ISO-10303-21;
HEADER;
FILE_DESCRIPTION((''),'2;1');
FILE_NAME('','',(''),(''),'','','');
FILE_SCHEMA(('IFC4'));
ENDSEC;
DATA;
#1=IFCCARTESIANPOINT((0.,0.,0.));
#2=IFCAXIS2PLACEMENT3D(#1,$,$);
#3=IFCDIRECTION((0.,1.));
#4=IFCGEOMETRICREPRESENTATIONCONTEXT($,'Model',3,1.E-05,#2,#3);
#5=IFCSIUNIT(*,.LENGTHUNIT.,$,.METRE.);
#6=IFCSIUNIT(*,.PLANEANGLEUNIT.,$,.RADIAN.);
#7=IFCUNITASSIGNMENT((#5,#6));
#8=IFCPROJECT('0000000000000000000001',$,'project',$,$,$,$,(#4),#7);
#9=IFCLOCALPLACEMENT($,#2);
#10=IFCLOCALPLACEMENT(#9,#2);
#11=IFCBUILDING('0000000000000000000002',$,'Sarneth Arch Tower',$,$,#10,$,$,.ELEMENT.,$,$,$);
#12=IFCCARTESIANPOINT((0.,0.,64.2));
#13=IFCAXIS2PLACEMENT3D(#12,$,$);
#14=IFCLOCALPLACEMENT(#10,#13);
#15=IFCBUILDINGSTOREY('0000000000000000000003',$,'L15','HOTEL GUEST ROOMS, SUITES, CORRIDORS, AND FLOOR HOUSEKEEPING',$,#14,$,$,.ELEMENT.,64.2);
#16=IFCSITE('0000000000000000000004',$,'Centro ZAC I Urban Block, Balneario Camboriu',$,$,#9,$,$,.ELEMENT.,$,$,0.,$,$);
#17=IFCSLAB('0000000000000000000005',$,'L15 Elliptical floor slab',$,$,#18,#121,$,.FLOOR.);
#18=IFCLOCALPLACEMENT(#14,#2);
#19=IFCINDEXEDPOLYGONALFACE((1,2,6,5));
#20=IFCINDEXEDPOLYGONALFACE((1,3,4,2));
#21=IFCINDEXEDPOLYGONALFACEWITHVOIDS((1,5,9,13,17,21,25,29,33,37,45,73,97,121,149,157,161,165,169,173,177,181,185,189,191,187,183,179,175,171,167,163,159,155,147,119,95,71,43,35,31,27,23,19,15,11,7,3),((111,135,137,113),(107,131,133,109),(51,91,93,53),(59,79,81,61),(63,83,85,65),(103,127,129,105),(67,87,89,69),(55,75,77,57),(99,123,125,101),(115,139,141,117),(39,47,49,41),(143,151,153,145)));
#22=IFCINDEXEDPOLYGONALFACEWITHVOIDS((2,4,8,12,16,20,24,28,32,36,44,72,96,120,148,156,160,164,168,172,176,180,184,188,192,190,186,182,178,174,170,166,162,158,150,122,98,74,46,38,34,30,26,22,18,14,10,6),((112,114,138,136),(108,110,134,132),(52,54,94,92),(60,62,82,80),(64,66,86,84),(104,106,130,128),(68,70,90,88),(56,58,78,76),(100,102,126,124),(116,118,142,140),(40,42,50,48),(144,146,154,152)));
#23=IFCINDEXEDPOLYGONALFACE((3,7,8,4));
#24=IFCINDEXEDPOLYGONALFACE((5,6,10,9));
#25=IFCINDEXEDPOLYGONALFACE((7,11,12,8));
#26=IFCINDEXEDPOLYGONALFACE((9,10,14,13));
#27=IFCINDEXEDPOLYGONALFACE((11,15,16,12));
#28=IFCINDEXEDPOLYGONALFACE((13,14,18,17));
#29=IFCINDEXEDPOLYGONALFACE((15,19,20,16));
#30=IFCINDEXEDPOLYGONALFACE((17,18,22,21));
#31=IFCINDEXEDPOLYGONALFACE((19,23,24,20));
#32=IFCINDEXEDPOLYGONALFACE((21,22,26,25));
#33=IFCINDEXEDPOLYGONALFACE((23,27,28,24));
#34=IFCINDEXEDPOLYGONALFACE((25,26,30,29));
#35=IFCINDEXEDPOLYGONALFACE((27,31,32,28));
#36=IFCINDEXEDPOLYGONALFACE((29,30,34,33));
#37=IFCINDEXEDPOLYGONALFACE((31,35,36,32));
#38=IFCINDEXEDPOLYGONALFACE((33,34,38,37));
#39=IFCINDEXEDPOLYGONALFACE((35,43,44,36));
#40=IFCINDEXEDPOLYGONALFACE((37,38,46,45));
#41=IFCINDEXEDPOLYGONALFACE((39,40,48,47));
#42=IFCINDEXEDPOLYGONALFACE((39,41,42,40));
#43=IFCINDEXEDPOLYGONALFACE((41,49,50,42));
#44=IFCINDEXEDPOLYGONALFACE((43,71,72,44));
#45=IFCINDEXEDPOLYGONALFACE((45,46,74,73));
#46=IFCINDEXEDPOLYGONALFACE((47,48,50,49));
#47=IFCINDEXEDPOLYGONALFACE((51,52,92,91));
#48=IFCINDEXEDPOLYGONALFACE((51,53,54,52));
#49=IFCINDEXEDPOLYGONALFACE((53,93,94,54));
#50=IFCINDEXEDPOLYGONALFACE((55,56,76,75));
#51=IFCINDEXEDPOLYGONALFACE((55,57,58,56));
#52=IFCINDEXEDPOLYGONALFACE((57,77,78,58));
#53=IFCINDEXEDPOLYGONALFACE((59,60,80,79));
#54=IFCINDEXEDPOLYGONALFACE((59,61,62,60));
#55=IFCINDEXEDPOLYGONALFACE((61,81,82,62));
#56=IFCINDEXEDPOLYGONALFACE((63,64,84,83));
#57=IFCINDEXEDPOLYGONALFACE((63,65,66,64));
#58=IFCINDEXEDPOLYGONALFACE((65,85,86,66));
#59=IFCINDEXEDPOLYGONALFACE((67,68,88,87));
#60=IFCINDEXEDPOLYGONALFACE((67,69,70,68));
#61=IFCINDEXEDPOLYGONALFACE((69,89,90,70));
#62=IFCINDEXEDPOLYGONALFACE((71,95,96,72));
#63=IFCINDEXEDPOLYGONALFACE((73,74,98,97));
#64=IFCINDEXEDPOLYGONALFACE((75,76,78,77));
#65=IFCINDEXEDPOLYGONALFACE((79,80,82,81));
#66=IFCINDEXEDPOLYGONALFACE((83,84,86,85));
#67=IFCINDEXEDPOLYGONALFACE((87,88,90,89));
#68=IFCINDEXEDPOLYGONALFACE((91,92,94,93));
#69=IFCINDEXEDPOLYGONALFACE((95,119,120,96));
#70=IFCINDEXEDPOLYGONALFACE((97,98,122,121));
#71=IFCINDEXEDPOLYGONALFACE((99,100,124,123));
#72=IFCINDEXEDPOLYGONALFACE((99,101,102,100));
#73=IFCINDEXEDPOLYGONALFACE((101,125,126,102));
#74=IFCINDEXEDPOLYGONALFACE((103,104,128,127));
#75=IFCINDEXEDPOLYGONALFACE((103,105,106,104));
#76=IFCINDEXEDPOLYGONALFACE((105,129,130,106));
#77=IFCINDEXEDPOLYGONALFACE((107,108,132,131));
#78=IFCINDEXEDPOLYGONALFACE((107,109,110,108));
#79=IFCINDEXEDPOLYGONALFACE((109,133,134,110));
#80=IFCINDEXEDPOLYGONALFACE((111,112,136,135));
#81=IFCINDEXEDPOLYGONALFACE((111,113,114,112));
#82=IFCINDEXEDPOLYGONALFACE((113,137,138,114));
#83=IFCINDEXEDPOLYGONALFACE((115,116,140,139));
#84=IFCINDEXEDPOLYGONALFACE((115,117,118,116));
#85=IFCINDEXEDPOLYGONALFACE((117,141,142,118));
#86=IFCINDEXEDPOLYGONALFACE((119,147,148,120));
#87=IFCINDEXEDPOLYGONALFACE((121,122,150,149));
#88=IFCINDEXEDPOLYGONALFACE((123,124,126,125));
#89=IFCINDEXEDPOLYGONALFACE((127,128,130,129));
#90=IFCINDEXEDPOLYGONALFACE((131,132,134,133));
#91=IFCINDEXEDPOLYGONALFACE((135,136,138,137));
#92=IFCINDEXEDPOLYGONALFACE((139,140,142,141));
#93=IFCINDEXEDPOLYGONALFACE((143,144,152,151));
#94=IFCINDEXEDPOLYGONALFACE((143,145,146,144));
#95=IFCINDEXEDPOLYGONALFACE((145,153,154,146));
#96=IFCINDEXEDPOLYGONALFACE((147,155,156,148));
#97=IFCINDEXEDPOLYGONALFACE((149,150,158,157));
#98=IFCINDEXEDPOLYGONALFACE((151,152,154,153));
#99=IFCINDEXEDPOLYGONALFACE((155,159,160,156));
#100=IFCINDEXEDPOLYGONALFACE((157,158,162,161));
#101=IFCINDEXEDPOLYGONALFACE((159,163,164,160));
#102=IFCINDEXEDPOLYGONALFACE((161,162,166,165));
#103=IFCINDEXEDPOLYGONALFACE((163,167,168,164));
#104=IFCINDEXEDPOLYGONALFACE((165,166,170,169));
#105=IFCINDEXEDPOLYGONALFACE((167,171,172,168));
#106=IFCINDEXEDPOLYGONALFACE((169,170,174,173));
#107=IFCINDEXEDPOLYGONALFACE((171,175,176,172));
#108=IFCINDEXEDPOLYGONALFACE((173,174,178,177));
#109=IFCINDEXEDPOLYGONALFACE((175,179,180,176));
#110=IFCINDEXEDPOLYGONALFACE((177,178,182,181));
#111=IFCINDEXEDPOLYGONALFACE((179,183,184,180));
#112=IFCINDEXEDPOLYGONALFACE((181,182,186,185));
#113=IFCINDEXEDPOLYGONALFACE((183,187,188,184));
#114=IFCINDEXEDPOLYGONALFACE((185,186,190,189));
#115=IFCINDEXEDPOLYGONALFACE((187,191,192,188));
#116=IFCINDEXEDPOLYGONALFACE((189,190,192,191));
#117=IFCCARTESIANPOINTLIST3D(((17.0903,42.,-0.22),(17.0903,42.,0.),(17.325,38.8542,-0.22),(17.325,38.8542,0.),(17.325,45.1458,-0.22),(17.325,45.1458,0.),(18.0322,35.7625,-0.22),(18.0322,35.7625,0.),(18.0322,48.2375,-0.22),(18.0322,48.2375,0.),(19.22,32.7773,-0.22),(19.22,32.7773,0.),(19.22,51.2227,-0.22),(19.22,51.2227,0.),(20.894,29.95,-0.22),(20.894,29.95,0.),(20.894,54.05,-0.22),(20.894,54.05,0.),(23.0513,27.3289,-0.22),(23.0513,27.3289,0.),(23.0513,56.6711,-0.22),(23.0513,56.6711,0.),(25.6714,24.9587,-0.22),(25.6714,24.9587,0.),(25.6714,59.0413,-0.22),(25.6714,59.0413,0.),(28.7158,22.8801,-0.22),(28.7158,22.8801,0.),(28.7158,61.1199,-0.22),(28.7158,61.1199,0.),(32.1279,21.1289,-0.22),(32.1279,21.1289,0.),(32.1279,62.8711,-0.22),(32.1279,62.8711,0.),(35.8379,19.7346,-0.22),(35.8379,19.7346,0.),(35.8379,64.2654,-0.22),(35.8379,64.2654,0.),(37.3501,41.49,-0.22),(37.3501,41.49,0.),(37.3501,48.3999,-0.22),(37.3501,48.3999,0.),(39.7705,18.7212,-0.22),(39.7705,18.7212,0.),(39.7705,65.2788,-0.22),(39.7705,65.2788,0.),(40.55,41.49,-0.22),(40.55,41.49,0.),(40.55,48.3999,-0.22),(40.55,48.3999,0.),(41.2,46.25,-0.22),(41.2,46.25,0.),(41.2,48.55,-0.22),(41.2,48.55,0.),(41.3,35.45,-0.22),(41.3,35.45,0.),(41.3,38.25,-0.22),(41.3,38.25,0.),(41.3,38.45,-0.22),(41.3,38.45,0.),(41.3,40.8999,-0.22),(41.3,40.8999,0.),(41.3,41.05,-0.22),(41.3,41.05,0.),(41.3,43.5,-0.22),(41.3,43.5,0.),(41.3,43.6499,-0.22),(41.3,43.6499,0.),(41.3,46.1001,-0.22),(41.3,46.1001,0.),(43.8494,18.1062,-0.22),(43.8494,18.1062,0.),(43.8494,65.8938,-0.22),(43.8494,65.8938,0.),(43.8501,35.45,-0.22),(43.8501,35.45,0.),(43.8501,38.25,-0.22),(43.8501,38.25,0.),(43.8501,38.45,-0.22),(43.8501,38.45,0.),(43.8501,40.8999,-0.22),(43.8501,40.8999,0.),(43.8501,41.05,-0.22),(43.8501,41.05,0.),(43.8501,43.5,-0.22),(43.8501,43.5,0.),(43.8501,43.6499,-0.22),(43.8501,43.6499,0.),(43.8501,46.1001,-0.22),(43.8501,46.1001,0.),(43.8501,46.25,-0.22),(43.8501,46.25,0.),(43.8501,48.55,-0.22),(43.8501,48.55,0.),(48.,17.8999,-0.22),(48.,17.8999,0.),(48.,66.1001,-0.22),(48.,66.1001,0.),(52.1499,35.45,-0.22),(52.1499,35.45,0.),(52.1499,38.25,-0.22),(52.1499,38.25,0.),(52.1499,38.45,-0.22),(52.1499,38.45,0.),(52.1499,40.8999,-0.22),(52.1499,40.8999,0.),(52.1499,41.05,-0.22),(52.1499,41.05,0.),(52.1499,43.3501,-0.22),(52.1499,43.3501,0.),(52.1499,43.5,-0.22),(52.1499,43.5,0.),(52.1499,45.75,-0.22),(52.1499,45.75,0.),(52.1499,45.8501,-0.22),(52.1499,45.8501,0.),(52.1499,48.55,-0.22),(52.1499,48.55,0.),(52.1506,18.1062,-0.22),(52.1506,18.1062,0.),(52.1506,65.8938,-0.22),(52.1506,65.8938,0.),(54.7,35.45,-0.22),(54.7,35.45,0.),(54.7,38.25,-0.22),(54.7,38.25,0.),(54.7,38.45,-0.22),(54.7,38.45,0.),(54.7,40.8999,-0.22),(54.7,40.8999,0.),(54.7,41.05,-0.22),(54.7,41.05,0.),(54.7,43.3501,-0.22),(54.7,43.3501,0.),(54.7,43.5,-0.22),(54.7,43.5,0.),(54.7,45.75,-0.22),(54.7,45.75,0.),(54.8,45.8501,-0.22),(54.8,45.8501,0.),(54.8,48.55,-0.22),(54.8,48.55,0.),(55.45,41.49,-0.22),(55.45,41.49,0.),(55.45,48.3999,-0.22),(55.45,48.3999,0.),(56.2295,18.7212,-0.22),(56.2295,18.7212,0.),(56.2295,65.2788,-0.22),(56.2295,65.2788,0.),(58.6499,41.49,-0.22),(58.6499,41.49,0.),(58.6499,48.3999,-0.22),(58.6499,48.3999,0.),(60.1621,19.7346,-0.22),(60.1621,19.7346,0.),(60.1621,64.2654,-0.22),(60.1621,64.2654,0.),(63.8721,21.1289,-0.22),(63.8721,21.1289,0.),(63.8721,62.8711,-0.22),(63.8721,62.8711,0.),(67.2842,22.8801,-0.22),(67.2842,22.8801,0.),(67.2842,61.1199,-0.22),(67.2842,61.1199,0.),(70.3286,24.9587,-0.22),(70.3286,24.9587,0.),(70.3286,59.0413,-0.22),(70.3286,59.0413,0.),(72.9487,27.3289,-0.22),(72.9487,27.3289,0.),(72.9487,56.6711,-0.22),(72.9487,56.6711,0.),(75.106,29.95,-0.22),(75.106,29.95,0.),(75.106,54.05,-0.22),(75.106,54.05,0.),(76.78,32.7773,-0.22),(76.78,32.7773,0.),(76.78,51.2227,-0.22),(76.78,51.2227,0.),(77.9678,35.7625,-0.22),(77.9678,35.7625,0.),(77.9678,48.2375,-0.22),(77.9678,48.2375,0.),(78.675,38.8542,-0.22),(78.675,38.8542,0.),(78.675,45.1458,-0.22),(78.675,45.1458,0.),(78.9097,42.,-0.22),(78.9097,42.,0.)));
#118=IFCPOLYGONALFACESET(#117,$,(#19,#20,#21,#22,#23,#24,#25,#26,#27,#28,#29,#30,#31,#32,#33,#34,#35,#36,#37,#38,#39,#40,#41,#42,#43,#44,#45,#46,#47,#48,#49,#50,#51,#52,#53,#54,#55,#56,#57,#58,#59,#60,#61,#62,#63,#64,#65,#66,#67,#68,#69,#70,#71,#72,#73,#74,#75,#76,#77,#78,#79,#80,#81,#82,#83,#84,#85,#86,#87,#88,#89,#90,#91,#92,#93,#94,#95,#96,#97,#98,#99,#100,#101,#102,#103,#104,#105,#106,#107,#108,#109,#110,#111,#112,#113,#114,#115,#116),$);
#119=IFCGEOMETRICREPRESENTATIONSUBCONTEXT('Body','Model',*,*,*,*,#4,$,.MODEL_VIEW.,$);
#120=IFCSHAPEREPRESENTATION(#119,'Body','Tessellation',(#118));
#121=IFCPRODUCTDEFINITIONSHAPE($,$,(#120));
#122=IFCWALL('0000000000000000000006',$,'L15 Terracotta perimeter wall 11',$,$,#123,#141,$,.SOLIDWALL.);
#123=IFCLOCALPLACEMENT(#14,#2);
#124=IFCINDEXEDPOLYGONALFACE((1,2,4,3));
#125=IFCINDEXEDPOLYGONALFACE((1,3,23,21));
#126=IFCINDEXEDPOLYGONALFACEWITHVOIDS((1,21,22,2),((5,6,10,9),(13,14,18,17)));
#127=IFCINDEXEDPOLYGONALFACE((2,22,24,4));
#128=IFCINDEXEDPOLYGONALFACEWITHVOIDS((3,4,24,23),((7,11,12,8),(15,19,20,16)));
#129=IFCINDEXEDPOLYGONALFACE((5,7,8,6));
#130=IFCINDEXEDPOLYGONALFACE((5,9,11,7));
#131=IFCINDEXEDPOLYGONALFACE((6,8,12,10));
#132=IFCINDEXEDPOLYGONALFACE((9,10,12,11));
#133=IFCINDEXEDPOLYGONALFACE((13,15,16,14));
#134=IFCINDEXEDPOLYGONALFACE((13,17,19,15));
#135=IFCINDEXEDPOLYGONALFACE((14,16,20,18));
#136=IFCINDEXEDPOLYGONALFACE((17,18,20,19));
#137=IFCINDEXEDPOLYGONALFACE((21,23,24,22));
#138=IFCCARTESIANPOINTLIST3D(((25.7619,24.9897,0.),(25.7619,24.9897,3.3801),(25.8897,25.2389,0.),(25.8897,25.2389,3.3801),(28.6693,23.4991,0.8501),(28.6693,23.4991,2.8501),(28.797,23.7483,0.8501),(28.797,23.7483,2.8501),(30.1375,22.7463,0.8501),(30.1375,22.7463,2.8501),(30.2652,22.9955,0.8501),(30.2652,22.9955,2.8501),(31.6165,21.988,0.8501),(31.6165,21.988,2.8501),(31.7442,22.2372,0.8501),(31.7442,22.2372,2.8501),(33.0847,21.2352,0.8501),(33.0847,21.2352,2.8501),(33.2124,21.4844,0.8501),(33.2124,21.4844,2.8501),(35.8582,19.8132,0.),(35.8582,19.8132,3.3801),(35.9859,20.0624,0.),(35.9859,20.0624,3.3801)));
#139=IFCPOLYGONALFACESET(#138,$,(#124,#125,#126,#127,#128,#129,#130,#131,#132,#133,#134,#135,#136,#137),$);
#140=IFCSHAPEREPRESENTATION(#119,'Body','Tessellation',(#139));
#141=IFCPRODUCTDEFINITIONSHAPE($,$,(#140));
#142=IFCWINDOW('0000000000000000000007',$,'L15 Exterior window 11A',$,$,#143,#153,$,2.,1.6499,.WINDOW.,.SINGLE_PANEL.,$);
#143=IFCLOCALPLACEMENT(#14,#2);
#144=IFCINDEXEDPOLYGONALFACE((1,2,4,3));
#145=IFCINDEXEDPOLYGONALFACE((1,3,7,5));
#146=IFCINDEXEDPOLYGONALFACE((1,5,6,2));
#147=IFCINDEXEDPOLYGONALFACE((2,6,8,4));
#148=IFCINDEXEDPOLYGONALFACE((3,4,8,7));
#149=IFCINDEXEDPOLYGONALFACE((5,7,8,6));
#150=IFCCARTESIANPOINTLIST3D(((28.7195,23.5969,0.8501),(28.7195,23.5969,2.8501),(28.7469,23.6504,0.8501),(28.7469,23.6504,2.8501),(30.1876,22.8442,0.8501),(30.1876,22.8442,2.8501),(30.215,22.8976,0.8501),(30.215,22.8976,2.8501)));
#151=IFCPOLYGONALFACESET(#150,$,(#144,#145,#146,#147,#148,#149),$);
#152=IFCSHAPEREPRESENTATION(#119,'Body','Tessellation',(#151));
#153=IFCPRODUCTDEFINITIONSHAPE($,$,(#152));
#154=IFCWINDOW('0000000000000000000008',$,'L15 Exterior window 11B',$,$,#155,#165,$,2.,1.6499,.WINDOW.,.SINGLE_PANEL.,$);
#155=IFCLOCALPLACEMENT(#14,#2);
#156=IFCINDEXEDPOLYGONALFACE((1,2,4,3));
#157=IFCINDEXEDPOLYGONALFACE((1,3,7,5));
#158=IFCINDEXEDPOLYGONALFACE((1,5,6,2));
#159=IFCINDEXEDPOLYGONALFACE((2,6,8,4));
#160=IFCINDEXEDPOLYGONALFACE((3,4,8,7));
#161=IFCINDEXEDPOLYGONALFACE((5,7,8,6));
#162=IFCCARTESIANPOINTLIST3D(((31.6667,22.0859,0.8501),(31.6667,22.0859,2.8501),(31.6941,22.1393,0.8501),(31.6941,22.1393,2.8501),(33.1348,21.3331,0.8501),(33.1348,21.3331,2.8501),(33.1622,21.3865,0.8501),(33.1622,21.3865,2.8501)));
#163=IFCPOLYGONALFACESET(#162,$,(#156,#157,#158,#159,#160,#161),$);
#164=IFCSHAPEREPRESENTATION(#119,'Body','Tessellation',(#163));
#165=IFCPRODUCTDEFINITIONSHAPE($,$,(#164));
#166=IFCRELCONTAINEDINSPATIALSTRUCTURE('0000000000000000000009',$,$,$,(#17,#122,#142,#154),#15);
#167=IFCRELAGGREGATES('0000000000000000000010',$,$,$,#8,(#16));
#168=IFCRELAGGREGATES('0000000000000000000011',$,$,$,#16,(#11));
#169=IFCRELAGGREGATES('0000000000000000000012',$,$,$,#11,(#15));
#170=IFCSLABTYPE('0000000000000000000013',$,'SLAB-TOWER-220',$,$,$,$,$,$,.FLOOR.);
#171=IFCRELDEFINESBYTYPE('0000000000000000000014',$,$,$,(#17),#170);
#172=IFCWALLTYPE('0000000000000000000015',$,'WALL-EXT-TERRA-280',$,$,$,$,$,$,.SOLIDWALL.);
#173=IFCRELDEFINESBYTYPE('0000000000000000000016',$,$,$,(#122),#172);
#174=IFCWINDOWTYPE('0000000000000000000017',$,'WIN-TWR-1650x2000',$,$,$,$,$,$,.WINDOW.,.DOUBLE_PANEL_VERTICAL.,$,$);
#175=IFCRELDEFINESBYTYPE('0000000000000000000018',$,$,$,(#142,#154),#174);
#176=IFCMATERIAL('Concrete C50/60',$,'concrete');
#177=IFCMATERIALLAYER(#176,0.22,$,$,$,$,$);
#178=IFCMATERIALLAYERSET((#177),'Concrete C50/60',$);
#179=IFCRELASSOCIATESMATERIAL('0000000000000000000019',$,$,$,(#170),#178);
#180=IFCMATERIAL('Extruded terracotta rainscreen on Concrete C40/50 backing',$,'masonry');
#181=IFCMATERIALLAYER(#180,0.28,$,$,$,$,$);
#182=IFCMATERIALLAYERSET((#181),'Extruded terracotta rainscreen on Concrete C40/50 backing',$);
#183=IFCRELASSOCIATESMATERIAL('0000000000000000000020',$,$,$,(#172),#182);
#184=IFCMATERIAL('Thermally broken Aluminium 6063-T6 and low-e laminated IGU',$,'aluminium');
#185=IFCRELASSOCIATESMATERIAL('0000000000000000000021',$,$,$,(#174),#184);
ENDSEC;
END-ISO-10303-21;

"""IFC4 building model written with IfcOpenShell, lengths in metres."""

from ifc_helpers import new_model, si_unit, direction, frame, frame_2d, origin, place, context, subcontext, project, spatial, polyline, rectangle, outline, extrude, material, layer, layer_set, type_object, element, fill, save


model = new_model("IFC4")

# Units and contexts
model_context = context("Model", 3, precision=1e-05, world=origin(), true_north=direction((0.0, 1.0)))
body_context = subcontext(model_context, "Body", "Model", "MODEL_VIEW")
ifc_project = project(units=[si_unit("LENGTHUNIT", "METRE"), si_unit("PLANEANGLEUNIT", "RADIAN")], contexts=[model_context])

# Site, building, storey
site_placement = place(None, origin())
site = spatial("IfcSite", under=ifc_project, at=site_placement, Name="Centro ZAC I Urban Block, Balneario Camboriu", CompositionType="ELEMENT", RefElevation=0.0)
building_placement = place(site_placement, origin())
building = spatial("IfcBuilding", under=site, at=building_placement, Name="Sarneth Arch Tower", CompositionType="ELEMENT")
storey_placement = place(building_placement, frame((0.0, 0.0, 64.2)))
storey = spatial("IfcBuildingStorey", under=building, at=storey_placement, Name="L15", Description="HOTEL GUEST ROOMS, SUITES, CORRIDORS, AND FLOOR HOUSEKEEPING", CompositionType="ELEMENT", Elevation=64.2)

# Slab
ifc_material_1 = material(Name="Concrete C50/60", Category="concrete")
ifc_layer_1 = layer(ifc_material_1, 0.22)
ifc_layer_set_1 = layer_set([ifc_layer_1], Name="Concrete C50/60")
slab_type_1 = type_object("IfcSlabType", Name="SLAB-TOWER-220", PredefinedType="FLOOR", material=ifc_layer_set_1)
slab_1_placement = place(storey_placement, frame((0.0, 0.0, -0.22)))
element("IfcSlab", 1, at=slab_1_placement, inside=storey, type_object=slab_type_1, Name="L15 Elliptical floor slab", PredefinedType="FLOOR", context=body_context, shape_type="SweptSolid", body=[
    extrude(outline(polyline([(78.9097, 42.0), (78.675, 45.1458), (77.9678, 48.2375), (76.78, 51.2227), (75.106, 54.05), (72.9487, 56.6711), (70.3286, 59.0413), (67.2842, 61.1199), (63.8721, 62.8711), (60.1621, 64.2654), (56.2295, 65.2788), (52.1506, 65.8938), (48.0, 66.1001), (43.8494, 65.8938), (39.7705, 65.2788), (35.8379, 64.2654), (32.1279, 62.8711), (28.7158, 61.1199), (25.6714, 59.0413), (23.0513, 56.6711), (20.894, 54.05), (19.22, 51.2227), (18.0322, 48.2375), (17.325, 45.1458), (17.0903, 42.0), (17.325, 38.8542), (18.0322, 35.7625), (19.22, 32.7773), (20.894, 29.95), (23.0513, 27.3289), (25.6714, 24.9587), (28.7158, 22.8801), (32.1279, 21.1289), (35.8379, 19.7346), (39.7705, 18.7212), (43.8494, 18.1062), (48.0, 17.8999), (52.1506, 18.1062), (56.2295, 18.7212), (60.1621, 19.7346), (63.8721, 21.1289), (67.2842, 22.8801), (70.3286, 24.9587), (72.9487, 27.3289), (75.106, 29.95), (76.78, 32.7773), (77.9678, 35.7625), (78.675, 38.8542), (78.9097, 42.0)]), holes=[polyline([(37.3501, 41.49), (40.55, 41.49), (40.55, 48.3999), (37.3501, 48.3999), (37.3501, 41.49)]), polyline([(55.45, 41.49), (58.6499, 41.49), (58.6499, 48.3999), (55.45, 48.3999), (55.45, 41.49)]), polyline([(41.2, 46.25), (43.8501, 46.25), (43.8501, 48.55), (41.2, 48.55), (41.2, 46.25)]), polyline([(41.3, 35.45), (43.8501, 35.45), (43.8501, 38.25), (41.3, 38.25), (41.3, 35.45)]), polyline([(52.1499, 35.45), (54.7, 35.45), (54.7, 38.25), (52.1499, 38.25), (52.1499, 35.45)]), polyline([(52.1499, 45.8501), (54.8, 45.8501), (54.8, 48.55), (52.1499, 48.55), (52.1499, 45.8501)]), polyline([(41.3, 38.45), (43.8501, 38.45), (43.8501, 40.8999), (41.3, 40.8999), (41.3, 38.45)]), polyline([(41.3, 41.05), (43.8501, 41.05), (43.8501, 43.5), (41.3, 43.5), (41.3, 41.05)]), polyline([(41.3, 43.6499), (43.8501, 43.6499), (43.8501, 46.1001), (41.3, 46.1001), (41.3, 43.6499)]), polyline([(52.1499, 38.45), (54.7, 38.45), (54.7, 40.8999), (52.1499, 40.8999), (52.1499, 38.45)]), polyline([(52.1499, 41.05), (54.7, 41.05), (54.7, 43.3501), (52.1499, 43.3501), (52.1499, 41.05)]), polyline([(52.1499, 43.5), (54.7, 43.5), (54.7, 45.75), (52.1499, 45.75), (52.1499, 43.5)])]), origin(), (0.0, 0.0, 1.0), 0.22),
])

# Wall, openings, windows
ifc_material_2 = material(Name="Extruded terracotta rainscreen on Concrete C40/50 backing", Category="masonry")
ifc_layer_2 = layer(ifc_material_2, 0.28)
ifc_layer_set_2 = layer_set([ifc_layer_2], Name="Extruded terracotta rainscreen on Concrete C40/50 backing")
wall_type_1 = type_object("IfcWallType", Name="WALL-EXT-TERRA-280", PredefinedType="SOLIDWALL", material=ifc_layer_set_2)
wall_1_placement = place(storey_placement, frame((25.8259, 25.1143, 0.0), z_axis=(0.0, 0.0, 1.0), x_axis=(0.889854, -0.456245, 0.0)))
wall_1 = element("IfcWall", 2, at=wall_1_placement, inside=storey, type_object=wall_type_1, Name="L15 Terracotta perimeter wall 11", PredefinedType="SOLIDWALL", context=body_context, shape_type="SweptSolid", body=[
    extrude(rectangle(XDim=11.3459, YDim=0.28, at=frame_2d((5.6729, 0.0))), origin(), (0.0, 0.0, 1.0), 3.3801),
])
opening_1_placement = place(wall_1_placement, frame((3.2671, 0.0, 0.8501)))
opening_1 = element("IfcOpeningElement", 3, at=opening_1_placement, cuts=wall_1, PredefinedType="OPENING", context=body_context, shape_type="SweptSolid", body=[
    extrude(rectangle(XDim=1.6499, YDim=2.0, at=frame_2d((0.825, 1.0))), frame((0.0, 0.1499, 0.0), z_axis=(0.0, -1.0, 0.0), x_axis=(1.0, 0.0, 0.0)), (0.0, 0.0, 1.0), 0.3),
])
opening_2_placement = place(wall_1_placement, frame((6.5791, 0.0, 0.8501)))
opening_2 = element("IfcOpeningElement", 4, at=opening_2_placement, cuts=wall_1, PredefinedType="OPENING", context=body_context, shape_type="SweptSolid", body=[
    extrude(rectangle(XDim=1.6499, YDim=2.0, at=frame_2d((0.825, 1.0))), frame((0.0, 0.1499, 0.0), z_axis=(0.0, -1.0, 0.0), x_axis=(1.0, 0.0, 0.0)), (0.0, 0.0, 1.0), 0.3),
])
ifc_material_3 = material(Name="Thermally broken Aluminium 6063-T6 and low-e laminated IGU", Category="aluminium")
window_type = type_object("IfcWindowType", Name="WIN-TWR-1650x2000", PartitioningType="DOUBLE_PANEL_VERTICAL", PredefinedType="WINDOW", material=ifc_material_3)
window_1_placement = place(opening_1_placement, origin())
window_1 = element("IfcWindow", 5, at=window_1_placement, inside=storey, type_object=window_type, Name="L15 Exterior window 11A", OverallHeight=2.0, OverallWidth=1.6499, PartitioningType="SINGLE_PANEL", PredefinedType="WINDOW", context=body_context, shape_type="SweptSolid", body=[
    extrude(rectangle(XDim=1.6499, YDim=2.0, at=frame_2d((0.825, 1.0))), frame((0.0, 0.03, 0.0), z_axis=(0.0, -1.0, 0.0), x_axis=(1.0, 0.0, 0.0)), (0.0, 0.0, 1.0), 0.0601),
])
fill(opening_1, window_1)
window_2_placement = place(opening_2_placement, origin())
window_2 = element("IfcWindow", 6, at=window_2_placement, inside=storey, type_object=window_type, Name="L15 Exterior window 11B", OverallHeight=2.0, OverallWidth=1.6499, PartitioningType="SINGLE_PANEL", PredefinedType="WINDOW", context=body_context, shape_type="SweptSolid", body=[
    extrude(rectangle(XDim=1.6499, YDim=2.0, at=frame_2d((0.825, 1.0))), frame((0.0, 0.03, 0.0), z_axis=(0.0, -1.0, 0.0), x_axis=(1.0, 0.0, 0.0)), (0.0, 0.0, 1.0), 0.0601),
])
fill(opening_2, window_2)

save(model, "model.ifc")
